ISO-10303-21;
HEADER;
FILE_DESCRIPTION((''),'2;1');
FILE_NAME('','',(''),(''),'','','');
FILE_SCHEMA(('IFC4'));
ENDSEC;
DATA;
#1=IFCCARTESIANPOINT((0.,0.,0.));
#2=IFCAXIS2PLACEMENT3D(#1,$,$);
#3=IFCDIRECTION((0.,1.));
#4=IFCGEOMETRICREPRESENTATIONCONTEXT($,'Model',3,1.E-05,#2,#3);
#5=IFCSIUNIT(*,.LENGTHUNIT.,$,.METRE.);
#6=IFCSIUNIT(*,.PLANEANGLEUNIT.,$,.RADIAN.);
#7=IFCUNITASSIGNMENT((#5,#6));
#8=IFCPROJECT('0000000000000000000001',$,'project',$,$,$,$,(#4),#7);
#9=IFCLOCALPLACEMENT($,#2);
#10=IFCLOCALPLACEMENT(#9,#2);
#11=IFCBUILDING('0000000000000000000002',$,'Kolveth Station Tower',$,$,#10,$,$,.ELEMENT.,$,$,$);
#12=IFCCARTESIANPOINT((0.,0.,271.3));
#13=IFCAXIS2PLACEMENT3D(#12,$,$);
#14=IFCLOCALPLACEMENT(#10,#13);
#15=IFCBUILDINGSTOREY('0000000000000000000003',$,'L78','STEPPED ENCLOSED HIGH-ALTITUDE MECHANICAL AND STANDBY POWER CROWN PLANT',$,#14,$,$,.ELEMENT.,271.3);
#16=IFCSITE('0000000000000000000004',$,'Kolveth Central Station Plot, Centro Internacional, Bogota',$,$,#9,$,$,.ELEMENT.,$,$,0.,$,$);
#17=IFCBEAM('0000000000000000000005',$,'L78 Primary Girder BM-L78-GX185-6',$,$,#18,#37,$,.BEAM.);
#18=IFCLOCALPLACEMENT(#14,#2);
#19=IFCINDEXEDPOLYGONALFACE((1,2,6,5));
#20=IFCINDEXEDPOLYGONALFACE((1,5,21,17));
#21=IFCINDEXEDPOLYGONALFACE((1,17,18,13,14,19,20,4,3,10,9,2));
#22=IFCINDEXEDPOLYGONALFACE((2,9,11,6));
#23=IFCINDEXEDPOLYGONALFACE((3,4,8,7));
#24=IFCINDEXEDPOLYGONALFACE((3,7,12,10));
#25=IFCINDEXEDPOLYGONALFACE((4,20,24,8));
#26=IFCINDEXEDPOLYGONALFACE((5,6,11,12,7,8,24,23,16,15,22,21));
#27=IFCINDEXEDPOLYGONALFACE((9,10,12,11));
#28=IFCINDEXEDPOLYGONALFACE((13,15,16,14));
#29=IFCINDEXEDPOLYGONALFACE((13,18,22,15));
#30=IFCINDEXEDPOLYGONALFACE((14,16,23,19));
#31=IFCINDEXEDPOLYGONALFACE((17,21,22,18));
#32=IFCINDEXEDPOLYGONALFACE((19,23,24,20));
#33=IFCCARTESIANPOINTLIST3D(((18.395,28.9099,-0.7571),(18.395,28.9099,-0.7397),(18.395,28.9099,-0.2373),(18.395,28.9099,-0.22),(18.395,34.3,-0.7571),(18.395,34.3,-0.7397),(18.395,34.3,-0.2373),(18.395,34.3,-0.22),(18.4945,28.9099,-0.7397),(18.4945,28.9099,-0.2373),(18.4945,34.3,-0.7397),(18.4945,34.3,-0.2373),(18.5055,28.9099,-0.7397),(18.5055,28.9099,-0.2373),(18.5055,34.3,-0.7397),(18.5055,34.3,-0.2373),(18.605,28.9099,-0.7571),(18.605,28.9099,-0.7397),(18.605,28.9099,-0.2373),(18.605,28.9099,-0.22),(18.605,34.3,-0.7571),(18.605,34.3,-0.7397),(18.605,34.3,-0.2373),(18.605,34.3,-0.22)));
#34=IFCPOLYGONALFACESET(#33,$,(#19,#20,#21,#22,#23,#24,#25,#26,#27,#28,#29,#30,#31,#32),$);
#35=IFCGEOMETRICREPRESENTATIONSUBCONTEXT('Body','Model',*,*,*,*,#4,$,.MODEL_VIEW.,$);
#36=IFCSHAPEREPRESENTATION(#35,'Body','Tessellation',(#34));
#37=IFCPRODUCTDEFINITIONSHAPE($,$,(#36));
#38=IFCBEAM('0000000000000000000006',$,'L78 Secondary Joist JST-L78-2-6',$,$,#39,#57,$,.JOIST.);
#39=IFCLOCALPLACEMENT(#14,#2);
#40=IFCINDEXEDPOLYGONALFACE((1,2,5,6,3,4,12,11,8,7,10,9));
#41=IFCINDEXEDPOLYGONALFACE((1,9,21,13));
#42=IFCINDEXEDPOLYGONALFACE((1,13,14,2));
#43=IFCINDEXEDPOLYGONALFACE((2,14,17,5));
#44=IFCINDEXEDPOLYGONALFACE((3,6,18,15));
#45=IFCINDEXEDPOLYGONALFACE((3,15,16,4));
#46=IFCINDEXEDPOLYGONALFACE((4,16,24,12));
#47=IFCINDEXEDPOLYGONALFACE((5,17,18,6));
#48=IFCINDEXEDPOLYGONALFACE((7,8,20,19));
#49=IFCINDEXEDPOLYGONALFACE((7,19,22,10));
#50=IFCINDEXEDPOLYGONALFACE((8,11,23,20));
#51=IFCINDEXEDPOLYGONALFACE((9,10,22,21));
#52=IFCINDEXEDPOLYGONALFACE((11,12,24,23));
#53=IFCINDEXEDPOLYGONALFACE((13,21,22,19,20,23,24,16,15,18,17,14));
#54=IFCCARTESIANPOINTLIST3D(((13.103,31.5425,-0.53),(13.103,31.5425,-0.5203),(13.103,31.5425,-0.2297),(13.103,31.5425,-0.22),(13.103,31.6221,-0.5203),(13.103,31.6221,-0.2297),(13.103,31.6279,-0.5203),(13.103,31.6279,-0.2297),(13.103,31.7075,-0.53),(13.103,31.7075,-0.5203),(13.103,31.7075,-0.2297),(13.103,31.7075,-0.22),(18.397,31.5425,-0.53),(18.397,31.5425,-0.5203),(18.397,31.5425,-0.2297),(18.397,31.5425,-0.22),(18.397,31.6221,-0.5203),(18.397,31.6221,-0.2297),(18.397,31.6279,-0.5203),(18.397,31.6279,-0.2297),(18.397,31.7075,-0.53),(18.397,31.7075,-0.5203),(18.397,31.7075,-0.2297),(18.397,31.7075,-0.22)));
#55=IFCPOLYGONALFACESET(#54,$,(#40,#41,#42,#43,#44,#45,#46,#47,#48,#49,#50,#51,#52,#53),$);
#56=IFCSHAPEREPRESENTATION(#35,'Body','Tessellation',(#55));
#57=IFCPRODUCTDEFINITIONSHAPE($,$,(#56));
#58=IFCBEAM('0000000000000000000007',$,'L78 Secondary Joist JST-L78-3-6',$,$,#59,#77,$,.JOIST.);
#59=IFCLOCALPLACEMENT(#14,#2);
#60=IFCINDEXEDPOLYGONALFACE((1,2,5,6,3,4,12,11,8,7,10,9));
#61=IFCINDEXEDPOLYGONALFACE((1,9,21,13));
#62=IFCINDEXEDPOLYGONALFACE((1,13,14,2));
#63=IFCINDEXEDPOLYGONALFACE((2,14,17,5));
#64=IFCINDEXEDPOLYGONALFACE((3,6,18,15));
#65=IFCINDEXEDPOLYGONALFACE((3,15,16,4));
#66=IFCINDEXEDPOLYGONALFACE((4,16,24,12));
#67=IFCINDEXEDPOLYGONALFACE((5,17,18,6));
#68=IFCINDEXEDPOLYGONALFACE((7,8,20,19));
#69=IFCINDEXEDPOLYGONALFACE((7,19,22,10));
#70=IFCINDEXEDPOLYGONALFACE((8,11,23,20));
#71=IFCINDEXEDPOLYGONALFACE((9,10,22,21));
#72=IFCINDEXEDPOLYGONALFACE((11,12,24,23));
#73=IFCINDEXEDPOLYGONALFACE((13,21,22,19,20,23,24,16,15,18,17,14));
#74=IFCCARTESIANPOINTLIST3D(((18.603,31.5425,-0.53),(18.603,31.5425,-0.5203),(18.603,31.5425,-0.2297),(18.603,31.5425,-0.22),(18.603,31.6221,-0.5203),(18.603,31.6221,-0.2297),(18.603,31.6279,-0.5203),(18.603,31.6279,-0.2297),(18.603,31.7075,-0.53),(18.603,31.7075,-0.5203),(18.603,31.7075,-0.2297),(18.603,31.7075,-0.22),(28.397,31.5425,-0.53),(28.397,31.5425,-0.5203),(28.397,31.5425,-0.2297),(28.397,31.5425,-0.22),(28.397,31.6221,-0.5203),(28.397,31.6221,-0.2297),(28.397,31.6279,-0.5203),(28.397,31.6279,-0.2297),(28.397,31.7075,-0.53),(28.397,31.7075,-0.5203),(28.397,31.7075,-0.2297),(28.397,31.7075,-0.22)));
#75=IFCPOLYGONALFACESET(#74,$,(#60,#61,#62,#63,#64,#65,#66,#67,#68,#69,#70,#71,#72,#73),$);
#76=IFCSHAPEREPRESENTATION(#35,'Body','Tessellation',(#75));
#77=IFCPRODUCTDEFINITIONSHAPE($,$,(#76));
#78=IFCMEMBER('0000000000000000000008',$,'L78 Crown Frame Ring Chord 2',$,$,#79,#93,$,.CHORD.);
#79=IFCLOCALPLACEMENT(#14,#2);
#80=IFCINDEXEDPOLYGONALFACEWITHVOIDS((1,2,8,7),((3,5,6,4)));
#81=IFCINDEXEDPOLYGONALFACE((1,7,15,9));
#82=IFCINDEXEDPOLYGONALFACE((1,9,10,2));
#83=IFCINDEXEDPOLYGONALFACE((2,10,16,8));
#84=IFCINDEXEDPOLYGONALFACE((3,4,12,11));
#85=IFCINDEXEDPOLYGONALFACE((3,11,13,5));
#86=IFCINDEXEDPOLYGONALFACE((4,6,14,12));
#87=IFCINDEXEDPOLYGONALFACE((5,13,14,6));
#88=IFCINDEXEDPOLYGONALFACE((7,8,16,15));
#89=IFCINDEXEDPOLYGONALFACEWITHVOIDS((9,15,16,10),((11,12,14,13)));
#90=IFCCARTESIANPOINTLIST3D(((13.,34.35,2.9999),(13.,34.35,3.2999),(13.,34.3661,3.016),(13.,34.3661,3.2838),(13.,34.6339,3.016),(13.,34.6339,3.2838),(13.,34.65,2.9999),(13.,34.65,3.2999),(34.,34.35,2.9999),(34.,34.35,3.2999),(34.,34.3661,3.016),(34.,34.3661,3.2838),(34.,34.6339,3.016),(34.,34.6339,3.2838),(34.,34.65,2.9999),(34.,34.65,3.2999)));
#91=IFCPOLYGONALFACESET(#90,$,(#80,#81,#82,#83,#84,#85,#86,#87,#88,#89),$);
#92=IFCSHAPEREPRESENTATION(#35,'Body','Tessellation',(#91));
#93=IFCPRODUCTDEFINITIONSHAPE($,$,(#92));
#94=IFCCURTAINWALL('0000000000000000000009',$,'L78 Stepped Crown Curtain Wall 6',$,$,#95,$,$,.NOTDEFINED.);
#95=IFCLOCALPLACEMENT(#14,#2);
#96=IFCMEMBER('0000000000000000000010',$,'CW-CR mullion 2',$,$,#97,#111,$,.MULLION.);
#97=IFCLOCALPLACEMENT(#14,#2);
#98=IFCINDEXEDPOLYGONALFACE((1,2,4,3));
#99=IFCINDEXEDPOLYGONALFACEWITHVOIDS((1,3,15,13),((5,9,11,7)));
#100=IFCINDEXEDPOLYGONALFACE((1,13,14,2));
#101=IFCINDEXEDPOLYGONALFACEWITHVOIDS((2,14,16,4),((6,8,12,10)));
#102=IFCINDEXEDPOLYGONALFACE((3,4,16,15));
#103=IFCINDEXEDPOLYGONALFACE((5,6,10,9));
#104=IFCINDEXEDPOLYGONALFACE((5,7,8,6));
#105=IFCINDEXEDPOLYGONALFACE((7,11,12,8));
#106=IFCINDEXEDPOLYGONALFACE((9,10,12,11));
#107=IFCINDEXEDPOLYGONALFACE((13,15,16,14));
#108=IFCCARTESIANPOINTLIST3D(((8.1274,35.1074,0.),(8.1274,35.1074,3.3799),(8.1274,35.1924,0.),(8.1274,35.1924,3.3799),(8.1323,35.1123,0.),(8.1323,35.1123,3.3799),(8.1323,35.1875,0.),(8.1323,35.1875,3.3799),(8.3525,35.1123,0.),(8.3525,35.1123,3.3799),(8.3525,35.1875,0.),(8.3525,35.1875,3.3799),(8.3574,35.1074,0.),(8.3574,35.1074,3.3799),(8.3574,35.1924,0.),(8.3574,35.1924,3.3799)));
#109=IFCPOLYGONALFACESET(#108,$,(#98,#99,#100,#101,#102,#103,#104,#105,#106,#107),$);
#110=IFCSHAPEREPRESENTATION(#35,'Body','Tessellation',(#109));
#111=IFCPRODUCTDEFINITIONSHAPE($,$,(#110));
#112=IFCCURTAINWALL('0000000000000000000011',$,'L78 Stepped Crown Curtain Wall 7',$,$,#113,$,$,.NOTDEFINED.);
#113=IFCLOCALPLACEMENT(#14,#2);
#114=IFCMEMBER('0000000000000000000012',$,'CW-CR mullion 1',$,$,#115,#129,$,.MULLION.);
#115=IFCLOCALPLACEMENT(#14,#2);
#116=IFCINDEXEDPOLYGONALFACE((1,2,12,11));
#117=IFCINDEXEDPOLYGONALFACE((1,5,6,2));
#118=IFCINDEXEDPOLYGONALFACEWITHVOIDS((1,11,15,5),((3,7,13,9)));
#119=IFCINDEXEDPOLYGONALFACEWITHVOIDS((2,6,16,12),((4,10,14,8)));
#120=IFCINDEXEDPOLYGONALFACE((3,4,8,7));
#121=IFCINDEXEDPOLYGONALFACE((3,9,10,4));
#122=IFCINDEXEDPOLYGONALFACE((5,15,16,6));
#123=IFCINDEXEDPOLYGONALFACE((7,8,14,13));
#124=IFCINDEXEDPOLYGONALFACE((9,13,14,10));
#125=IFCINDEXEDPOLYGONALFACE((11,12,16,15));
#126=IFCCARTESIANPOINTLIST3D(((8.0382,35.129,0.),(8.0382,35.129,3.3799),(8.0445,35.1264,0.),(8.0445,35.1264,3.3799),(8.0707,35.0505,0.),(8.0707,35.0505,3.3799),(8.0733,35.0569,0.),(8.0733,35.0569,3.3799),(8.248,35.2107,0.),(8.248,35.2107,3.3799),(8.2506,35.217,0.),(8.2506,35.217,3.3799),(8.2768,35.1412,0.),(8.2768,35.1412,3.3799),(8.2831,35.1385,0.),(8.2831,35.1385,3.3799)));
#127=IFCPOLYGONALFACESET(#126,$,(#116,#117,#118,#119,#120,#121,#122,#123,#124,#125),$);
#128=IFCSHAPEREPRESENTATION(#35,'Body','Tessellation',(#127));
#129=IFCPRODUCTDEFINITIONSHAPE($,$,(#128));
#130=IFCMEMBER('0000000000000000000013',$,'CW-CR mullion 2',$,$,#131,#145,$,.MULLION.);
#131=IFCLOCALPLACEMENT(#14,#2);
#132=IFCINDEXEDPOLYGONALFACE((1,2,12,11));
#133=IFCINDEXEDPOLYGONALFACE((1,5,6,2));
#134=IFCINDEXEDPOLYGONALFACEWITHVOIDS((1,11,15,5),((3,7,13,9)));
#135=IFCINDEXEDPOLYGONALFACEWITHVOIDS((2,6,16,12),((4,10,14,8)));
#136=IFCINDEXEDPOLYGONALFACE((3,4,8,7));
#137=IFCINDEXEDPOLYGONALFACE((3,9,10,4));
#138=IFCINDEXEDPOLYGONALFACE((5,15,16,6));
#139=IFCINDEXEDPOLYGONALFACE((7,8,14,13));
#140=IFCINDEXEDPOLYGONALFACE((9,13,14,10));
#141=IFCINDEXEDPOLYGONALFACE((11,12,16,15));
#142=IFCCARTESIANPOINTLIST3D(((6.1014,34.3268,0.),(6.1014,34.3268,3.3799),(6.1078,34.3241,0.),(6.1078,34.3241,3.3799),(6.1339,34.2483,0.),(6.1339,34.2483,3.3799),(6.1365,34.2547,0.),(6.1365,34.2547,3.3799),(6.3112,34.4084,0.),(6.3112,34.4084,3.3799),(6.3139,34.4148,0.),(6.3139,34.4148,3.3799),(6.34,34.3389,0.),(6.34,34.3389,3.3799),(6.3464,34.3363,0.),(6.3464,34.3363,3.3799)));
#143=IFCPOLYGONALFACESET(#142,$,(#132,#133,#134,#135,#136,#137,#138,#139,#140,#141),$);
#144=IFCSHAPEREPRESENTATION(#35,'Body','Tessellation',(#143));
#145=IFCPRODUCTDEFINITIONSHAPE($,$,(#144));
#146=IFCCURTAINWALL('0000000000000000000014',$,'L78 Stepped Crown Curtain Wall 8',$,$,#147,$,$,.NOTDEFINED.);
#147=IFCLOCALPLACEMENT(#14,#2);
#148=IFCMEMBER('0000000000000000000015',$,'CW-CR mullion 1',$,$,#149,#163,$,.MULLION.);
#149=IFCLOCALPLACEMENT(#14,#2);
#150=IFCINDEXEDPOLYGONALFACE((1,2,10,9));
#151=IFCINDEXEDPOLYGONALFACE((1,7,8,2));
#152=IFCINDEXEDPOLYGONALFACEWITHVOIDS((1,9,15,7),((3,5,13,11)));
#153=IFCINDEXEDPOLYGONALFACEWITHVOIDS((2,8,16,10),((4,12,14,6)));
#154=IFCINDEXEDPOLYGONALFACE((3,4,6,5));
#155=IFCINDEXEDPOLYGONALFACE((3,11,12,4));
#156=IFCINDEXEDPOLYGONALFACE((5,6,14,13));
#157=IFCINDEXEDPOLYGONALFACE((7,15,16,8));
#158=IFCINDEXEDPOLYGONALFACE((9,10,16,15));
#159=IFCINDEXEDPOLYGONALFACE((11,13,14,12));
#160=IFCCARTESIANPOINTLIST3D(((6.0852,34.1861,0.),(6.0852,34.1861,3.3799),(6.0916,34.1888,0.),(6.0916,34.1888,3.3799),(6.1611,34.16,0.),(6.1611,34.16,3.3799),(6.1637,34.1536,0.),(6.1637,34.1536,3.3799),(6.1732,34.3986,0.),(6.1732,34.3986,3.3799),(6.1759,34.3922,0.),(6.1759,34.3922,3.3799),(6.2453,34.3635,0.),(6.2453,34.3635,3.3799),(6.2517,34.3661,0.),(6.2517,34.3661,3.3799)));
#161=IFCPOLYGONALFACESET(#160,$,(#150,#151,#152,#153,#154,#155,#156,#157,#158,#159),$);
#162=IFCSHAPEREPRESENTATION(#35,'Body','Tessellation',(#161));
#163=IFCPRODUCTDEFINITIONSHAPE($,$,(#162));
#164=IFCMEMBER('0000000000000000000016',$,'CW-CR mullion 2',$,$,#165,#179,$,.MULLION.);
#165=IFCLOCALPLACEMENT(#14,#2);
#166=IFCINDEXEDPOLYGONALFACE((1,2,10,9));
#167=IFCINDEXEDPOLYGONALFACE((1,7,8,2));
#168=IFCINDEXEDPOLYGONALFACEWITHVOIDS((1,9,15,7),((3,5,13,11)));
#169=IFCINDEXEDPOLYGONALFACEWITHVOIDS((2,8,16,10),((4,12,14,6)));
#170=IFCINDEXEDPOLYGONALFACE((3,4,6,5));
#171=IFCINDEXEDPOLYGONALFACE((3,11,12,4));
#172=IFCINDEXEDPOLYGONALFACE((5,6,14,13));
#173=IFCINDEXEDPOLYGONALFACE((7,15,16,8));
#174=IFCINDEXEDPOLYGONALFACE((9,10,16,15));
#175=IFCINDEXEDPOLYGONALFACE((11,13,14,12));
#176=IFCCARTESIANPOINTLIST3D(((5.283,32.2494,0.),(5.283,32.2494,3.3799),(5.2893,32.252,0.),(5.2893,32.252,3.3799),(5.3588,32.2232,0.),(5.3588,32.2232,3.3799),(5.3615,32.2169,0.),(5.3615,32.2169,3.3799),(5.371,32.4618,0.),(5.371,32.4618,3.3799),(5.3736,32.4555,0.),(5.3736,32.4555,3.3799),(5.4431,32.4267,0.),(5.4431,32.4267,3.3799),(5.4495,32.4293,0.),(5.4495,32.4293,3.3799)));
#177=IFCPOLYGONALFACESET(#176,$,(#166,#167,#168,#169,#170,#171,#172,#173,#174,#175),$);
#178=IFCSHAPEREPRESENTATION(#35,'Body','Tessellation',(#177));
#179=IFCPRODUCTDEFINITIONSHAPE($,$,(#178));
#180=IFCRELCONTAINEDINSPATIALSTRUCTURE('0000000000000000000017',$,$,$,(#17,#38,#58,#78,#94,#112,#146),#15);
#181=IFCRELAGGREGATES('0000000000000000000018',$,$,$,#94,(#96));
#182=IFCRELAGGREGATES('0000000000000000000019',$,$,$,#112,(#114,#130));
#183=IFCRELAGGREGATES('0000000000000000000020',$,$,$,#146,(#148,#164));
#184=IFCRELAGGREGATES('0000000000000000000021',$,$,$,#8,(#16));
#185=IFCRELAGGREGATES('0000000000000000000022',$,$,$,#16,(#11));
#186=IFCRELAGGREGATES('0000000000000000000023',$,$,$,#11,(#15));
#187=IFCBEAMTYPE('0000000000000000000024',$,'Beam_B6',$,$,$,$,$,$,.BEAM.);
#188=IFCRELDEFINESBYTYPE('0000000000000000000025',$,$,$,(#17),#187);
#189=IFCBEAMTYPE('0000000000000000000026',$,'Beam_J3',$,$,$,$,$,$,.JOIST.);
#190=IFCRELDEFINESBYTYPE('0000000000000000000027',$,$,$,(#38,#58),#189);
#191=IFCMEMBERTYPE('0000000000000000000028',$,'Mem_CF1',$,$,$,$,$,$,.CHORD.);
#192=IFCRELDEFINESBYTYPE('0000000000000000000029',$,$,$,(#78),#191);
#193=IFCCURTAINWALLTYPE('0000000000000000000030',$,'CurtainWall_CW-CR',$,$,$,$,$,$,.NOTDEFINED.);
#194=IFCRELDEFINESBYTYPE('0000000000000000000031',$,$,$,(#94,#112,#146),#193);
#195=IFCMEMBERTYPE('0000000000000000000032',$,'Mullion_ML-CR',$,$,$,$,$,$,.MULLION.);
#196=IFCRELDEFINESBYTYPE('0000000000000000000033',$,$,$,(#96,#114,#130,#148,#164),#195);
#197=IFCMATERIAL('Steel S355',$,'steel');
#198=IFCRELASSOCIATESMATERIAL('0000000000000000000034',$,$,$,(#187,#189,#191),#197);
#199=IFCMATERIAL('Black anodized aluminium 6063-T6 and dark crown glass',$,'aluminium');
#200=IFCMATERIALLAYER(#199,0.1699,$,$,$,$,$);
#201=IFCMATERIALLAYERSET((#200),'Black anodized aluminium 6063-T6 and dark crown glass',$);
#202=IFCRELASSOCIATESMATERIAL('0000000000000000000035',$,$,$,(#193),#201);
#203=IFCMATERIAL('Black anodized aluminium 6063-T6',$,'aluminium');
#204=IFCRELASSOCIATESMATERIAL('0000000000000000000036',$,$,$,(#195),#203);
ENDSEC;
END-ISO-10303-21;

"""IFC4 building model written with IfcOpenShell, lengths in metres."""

from ifc_helpers import new_model, si_unit, direction, frame, origin, origin_2d, place, context, subcontext, project, spatial, hollow_rectangle, i_section, extrude, source, transform, mapped, material, layer, layer_set, material_profile, profile_set, type_object, element, aggregate, save


model = new_model("IFC4")

# Units and contexts
model_context = context("Model", 3, precision=1e-05, world=origin(), true_north=direction((0.0, 1.0)))
body_context = subcontext(model_context, "Body", "Model", "MODEL_VIEW")
ifc_project = project(units=[si_unit("LENGTHUNIT", "METRE"), si_unit("PLANEANGLEUNIT", "RADIAN")], contexts=[model_context])

# Site, building, storey
site_placement = place(None, origin())
site = spatial("IfcSite", under=ifc_project, at=site_placement, Name="Kolveth Central Station Plot, Centro Internacional, Bogota", CompositionType="ELEMENT", RefElevation=0.0)
building_placement = place(site_placement, origin())
building = spatial("IfcBuilding", under=site, at=building_placement, Name="Kolveth Station Tower", CompositionType="ELEMENT")
storey_placement = place(building_placement, frame((0.0, 0.0, 271.3)))
storey = spatial("IfcBuildingStorey", under=building, at=storey_placement, Name="L78", Description="STEPPED ENCLOSED HIGH-ALTITUDE MECHANICAL AND STANDBY POWER CROWN PLANT", CompositionType="ELEMENT", Elevation=271.3)

# Shared definitions
ifc_material_1 = material(Name="Steel S355", Category="steel")

# Beams
ifc_material_profile_1 = material_profile(ifc_material_1, i_section(OverallWidth=0.21, OverallDepth=0.5371, WebThickness=0.011, FlangeThickness=0.0173, at=origin_2d()), Name="W530x101")
ifc_profile_set_1 = profile_set([ifc_material_profile_1], Name="Steel S355")
beam_type_1 = type_object("IfcBeamType", Name="Beam_B6", PredefinedType="BEAM", material=ifc_profile_set_1)
shared_shape_1 = source(origin(), body_context, "Body", "SweptSolid", [
    extrude(i_section(OverallWidth=0.21, OverallDepth=0.5371, WebThickness=0.011, FlangeThickness=0.0173, at=origin_2d()), origin(), (0.0, 0.0, 1.0), 5.3901),
])
beam_1_placement = place(storey_placement, frame((18.5, 28.9099, -0.4885), z_axis=(0.0, 1.0, 0.0), x_axis=(-1.0, 0.0, 0.0)))
element("IfcBeam", 1, at=beam_1_placement, inside=storey, type_object=beam_type_1, Name="L78 Primary Girder BM-L78-GX185-6", PredefinedType="BEAM", context=body_context, shape_type="MappedRepresentation", body=[
    mapped(shared_shape_1, transform((0.0, 0.0, 0.0), x_axis=(1.0, 0.0, 0.0), y_axis=(0.0, 1.0, 0.0), z_axis=(0.0, 0.0, 1.0), scale=1.0)),
])
ifc_material_profile_2 = material_profile(ifc_material_1, i_section(OverallWidth=0.165, OverallDepth=0.3101, WebThickness=0.0059, FlangeThickness=0.0098, at=origin_2d()), Name="W310x39")
ifc_profile_set_2 = profile_set([ifc_material_profile_2], Name="Steel S355")
beam_type_2 = type_object("IfcBeamType", Name="Beam_J3", PredefinedType="JOIST", material=ifc_profile_set_2)
shared_shape_2 = source(origin(), body_context, "Body", "SweptSolid", [
    extrude(i_section(OverallWidth=0.165, OverallDepth=0.3101, WebThickness=0.0059, FlangeThickness=0.0098, at=origin_2d()), origin(), (0.0, 0.0, 1.0), 5.2939),
])
beam_2_placement = place(storey_placement, frame((13.103, 31.625, -0.375), z_axis=(1.0, 0.0, 0.0), x_axis=(0.0, 1.0, 0.0)))
element("IfcBeam", 2, at=beam_2_placement, inside=storey, type_object=beam_type_2, Name="L78 Secondary Joist JST-L78-2-6", PredefinedType="JOIST", context=body_context, shape_type="MappedRepresentation", body=[
    mapped(shared_shape_2, transform((0.0, 0.0, 0.0), x_axis=(1.0, 0.0, 0.0), y_axis=(0.0, 1.0, 0.0), z_axis=(0.0, 0.0, 1.0), scale=1.0)),
])
shared_shape_3 = source(origin(), body_context, "Body", "SweptSolid", [
    extrude(i_section(OverallWidth=0.165, OverallDepth=0.3101, WebThickness=0.0059, FlangeThickness=0.0098, at=origin_2d()), origin(), (0.0, 0.0, 1.0), 9.7939),
])
beam_3_placement = place(storey_placement, frame((18.603, 31.625, -0.375), z_axis=(1.0, 0.0, 0.0), x_axis=(0.0, 1.0, 0.0)))
element("IfcBeam", 3, at=beam_3_placement, inside=storey, type_object=beam_type_2, Name="L78 Secondary Joist JST-L78-3-6", PredefinedType="JOIST", context=body_context, shape_type="MappedRepresentation", body=[
    mapped(shared_shape_3, transform((0.0, 0.0, 0.0), x_axis=(1.0, 0.0, 0.0), y_axis=(0.0, 1.0, 0.0), z_axis=(0.0, 0.0, 1.0), scale=1.0)),
])

# Member
ifc_material_profile_3 = material_profile(ifc_material_1, hollow_rectangle(XDim=0.3, YDim=0.3, WallThickness=0.0161, at=origin_2d()), Name="CROWN-HSS300x300x16")
ifc_profile_set_3 = profile_set([ifc_material_profile_3], Name="Steel S355")
member_type_1 = type_object("IfcMemberType", Name="Mem_CF1", PredefinedType="CHORD", material=ifc_profile_set_3)
shared_shape_4 = source(origin(), body_context, "Body", "SweptSolid", [
    extrude(hollow_rectangle(XDim=0.3, YDim=0.3, WallThickness=0.0161, at=origin_2d()), origin(), (0.0, 0.0, 1.0), 21.0),
])
member_1_placement = place(storey_placement, frame((13.0, 34.5, 3.1499), z_axis=(1.0, 0.0, 0.0), x_axis=(0.0, 1.0, 0.0)))
element("IfcMember", 4, at=member_1_placement, inside=storey, type_object=member_type_1, Name="L78 Crown Frame Ring Chord 2", PredefinedType="CHORD", context=body_context, shape_type="MappedRepresentation", body=[
    mapped(shared_shape_4, transform((0.0, 0.0, 0.0), x_axis=(1.0, 0.0, 0.0), y_axis=(0.0, 1.0, 0.0), z_axis=(0.0, 0.0, 1.0), scale=1.0)),
])

# Curtain wall, member
ifc_material_2 = material(Name="Black anodized aluminium 6063-T6 and dark crown glass", Category="aluminium")
ifc_layer_1 = layer(ifc_material_2, 0.1699)
ifc_layer_set_1 = layer_set([ifc_layer_1], Name="Black anodized aluminium 6063-T6 and dark crown glass")
curtain_wall_type = type_object("IfcCurtainWallType", Name="CurtainWall_CW-CR", PredefinedType="NOTDEFINED", material=ifc_layer_set_1)
curtain_wall_1_placement = place(storey_placement, origin())
curtain_wall_1 = element("IfcCurtainWall", 5, at=curtain_wall_1_placement, inside=storey, type_object=curtain_wall_type, Name="L78 Stepped Crown Curtain Wall 6", PredefinedType="NOTDEFINED")
ifc_material_3 = material(Name="Black anodized aluminium 6063-T6", Category="aluminium")
ifc_material_profile_4 = material_profile(ifc_material_3, hollow_rectangle(XDim=0.085, YDim=0.23, WallThickness=0.0049, at=origin_2d()), Name="ALU-85x230x5")
ifc_profile_set_4 = profile_set([ifc_material_profile_4], Name="Black anodized aluminium 6063-T6")
member_type_2 = type_object("IfcMemberType", Name="Mullion_ML-CR", PredefinedType="MULLION", material=ifc_profile_set_4)
shared_shape_5 = source(origin(), body_context, "Body", "SweptSolid", [
    extrude(hollow_rectangle(XDim=0.085, YDim=0.23, WallThickness=0.0049, at=origin_2d()), origin(), (0.0, 0.0, 1.0), 3.3799),
])
member_2_placement = place(storey_placement, frame((8.2424, 35.1499, 0.0), z_axis=(0.0, 0.0, 1.0), x_axis=(0.0, -1.0, 0.0)))
member_2 = element("IfcMember", 6, at=member_2_placement, type_object=member_type_2, Name="CW-CR mullion 2", PredefinedType="MULLION", context=body_context, shape_type="MappedRepresentation", body=[
    mapped(shared_shape_5, transform((0.0, 0.0, 0.0), x_axis=(1.0, 0.0, 0.0), y_axis=(0.0, 1.0, 0.0), z_axis=(0.0, 0.0, 1.0), scale=1.0)),
])
aggregate(curtain_wall_1, [member_2])

# Curtain walls, members
curtain_wall_2_placement = place(storey_placement, origin())
curtain_wall_2 = element("IfcCurtainWall", 7, at=curtain_wall_2_placement, inside=storey, type_object=curtain_wall_type, Name="L78 Stepped Crown Curtain Wall 7", PredefinedType="NOTDEFINED")
member_3_placement = place(storey_placement, frame((8.1606, 35.1338, 0.0), z_axis=(0.0, 0.0, 1.0), x_axis=(0.382658, -0.92389, 0.0)))
member_3 = element("IfcMember", 8, at=member_3_placement, type_object=member_type_2, Name="CW-CR mullion 1", PredefinedType="MULLION", context=body_context, shape_type="MappedRepresentation", body=[
    mapped(shared_shape_5, transform((0.0, 0.0, 0.0), x_axis=(1.0, 0.0, 0.0), y_axis=(0.0, 1.0, 0.0), z_axis=(0.0, 0.0, 1.0), scale=1.0)),
])
member_4_placement = place(storey_placement, frame((6.2239, 34.3315, 0.0), z_axis=(0.0, 0.0, 1.0), x_axis=(0.382658, -0.92389, 0.0)))
member_4 = element("IfcMember", 9, at=member_4_placement, type_object=member_type_2, Name="CW-CR mullion 2", PredefinedType="MULLION", context=body_context, shape_type="MappedRepresentation", body=[
    mapped(shared_shape_5, transform((0.0, 0.0, 0.0), x_axis=(1.0, 0.0, 0.0), y_axis=(0.0, 1.0, 0.0), z_axis=(0.0, 0.0, 1.0), scale=1.0)),
])
curtain_wall_3_placement = place(storey_placement, origin())
curtain_wall_3 = element("IfcCurtainWall", 10, at=curtain_wall_3_placement, inside=storey, type_object=curtain_wall_type, Name="L78 Stepped Crown Curtain Wall 8", PredefinedType="NOTDEFINED")
member_5_placement = place(storey_placement, frame((6.1685, 34.2761, 0.0), z_axis=(0.0, 0.0, 1.0), x_axis=(0.92389, -0.382658, 0.0)))
member_5 = element("IfcMember", 11, at=member_5_placement, type_object=member_type_2, Name="CW-CR mullion 1", PredefinedType="MULLION", context=body_context, shape_type="MappedRepresentation", body=[
    mapped(shared_shape_5, transform((0.0, 0.0, 0.0), x_axis=(1.0, 0.0, 0.0), y_axis=(0.0, 1.0, 0.0), z_axis=(0.0, 0.0, 1.0), scale=1.0)),
])
member_6_placement = place(storey_placement, frame((5.3662, 32.3394, 0.0), z_axis=(0.0, 0.0, 1.0), x_axis=(0.92389, -0.382658, 0.0)))
member_6 = element("IfcMember", 12, at=member_6_placement, type_object=member_type_2, Name="CW-CR mullion 2", PredefinedType="MULLION", context=body_context, shape_type="MappedRepresentation", body=[
    mapped(shared_shape_5, transform((0.0, 0.0, 0.0), x_axis=(1.0, 0.0, 0.0), y_axis=(0.0, 1.0, 0.0), z_axis=(0.0, 0.0, 1.0), scale=1.0)),
])

aggregate(curtain_wall_2, [member_3, member_4])
aggregate(curtain_wall_3, [member_5, member_6])

save(model, "model.ifc")
